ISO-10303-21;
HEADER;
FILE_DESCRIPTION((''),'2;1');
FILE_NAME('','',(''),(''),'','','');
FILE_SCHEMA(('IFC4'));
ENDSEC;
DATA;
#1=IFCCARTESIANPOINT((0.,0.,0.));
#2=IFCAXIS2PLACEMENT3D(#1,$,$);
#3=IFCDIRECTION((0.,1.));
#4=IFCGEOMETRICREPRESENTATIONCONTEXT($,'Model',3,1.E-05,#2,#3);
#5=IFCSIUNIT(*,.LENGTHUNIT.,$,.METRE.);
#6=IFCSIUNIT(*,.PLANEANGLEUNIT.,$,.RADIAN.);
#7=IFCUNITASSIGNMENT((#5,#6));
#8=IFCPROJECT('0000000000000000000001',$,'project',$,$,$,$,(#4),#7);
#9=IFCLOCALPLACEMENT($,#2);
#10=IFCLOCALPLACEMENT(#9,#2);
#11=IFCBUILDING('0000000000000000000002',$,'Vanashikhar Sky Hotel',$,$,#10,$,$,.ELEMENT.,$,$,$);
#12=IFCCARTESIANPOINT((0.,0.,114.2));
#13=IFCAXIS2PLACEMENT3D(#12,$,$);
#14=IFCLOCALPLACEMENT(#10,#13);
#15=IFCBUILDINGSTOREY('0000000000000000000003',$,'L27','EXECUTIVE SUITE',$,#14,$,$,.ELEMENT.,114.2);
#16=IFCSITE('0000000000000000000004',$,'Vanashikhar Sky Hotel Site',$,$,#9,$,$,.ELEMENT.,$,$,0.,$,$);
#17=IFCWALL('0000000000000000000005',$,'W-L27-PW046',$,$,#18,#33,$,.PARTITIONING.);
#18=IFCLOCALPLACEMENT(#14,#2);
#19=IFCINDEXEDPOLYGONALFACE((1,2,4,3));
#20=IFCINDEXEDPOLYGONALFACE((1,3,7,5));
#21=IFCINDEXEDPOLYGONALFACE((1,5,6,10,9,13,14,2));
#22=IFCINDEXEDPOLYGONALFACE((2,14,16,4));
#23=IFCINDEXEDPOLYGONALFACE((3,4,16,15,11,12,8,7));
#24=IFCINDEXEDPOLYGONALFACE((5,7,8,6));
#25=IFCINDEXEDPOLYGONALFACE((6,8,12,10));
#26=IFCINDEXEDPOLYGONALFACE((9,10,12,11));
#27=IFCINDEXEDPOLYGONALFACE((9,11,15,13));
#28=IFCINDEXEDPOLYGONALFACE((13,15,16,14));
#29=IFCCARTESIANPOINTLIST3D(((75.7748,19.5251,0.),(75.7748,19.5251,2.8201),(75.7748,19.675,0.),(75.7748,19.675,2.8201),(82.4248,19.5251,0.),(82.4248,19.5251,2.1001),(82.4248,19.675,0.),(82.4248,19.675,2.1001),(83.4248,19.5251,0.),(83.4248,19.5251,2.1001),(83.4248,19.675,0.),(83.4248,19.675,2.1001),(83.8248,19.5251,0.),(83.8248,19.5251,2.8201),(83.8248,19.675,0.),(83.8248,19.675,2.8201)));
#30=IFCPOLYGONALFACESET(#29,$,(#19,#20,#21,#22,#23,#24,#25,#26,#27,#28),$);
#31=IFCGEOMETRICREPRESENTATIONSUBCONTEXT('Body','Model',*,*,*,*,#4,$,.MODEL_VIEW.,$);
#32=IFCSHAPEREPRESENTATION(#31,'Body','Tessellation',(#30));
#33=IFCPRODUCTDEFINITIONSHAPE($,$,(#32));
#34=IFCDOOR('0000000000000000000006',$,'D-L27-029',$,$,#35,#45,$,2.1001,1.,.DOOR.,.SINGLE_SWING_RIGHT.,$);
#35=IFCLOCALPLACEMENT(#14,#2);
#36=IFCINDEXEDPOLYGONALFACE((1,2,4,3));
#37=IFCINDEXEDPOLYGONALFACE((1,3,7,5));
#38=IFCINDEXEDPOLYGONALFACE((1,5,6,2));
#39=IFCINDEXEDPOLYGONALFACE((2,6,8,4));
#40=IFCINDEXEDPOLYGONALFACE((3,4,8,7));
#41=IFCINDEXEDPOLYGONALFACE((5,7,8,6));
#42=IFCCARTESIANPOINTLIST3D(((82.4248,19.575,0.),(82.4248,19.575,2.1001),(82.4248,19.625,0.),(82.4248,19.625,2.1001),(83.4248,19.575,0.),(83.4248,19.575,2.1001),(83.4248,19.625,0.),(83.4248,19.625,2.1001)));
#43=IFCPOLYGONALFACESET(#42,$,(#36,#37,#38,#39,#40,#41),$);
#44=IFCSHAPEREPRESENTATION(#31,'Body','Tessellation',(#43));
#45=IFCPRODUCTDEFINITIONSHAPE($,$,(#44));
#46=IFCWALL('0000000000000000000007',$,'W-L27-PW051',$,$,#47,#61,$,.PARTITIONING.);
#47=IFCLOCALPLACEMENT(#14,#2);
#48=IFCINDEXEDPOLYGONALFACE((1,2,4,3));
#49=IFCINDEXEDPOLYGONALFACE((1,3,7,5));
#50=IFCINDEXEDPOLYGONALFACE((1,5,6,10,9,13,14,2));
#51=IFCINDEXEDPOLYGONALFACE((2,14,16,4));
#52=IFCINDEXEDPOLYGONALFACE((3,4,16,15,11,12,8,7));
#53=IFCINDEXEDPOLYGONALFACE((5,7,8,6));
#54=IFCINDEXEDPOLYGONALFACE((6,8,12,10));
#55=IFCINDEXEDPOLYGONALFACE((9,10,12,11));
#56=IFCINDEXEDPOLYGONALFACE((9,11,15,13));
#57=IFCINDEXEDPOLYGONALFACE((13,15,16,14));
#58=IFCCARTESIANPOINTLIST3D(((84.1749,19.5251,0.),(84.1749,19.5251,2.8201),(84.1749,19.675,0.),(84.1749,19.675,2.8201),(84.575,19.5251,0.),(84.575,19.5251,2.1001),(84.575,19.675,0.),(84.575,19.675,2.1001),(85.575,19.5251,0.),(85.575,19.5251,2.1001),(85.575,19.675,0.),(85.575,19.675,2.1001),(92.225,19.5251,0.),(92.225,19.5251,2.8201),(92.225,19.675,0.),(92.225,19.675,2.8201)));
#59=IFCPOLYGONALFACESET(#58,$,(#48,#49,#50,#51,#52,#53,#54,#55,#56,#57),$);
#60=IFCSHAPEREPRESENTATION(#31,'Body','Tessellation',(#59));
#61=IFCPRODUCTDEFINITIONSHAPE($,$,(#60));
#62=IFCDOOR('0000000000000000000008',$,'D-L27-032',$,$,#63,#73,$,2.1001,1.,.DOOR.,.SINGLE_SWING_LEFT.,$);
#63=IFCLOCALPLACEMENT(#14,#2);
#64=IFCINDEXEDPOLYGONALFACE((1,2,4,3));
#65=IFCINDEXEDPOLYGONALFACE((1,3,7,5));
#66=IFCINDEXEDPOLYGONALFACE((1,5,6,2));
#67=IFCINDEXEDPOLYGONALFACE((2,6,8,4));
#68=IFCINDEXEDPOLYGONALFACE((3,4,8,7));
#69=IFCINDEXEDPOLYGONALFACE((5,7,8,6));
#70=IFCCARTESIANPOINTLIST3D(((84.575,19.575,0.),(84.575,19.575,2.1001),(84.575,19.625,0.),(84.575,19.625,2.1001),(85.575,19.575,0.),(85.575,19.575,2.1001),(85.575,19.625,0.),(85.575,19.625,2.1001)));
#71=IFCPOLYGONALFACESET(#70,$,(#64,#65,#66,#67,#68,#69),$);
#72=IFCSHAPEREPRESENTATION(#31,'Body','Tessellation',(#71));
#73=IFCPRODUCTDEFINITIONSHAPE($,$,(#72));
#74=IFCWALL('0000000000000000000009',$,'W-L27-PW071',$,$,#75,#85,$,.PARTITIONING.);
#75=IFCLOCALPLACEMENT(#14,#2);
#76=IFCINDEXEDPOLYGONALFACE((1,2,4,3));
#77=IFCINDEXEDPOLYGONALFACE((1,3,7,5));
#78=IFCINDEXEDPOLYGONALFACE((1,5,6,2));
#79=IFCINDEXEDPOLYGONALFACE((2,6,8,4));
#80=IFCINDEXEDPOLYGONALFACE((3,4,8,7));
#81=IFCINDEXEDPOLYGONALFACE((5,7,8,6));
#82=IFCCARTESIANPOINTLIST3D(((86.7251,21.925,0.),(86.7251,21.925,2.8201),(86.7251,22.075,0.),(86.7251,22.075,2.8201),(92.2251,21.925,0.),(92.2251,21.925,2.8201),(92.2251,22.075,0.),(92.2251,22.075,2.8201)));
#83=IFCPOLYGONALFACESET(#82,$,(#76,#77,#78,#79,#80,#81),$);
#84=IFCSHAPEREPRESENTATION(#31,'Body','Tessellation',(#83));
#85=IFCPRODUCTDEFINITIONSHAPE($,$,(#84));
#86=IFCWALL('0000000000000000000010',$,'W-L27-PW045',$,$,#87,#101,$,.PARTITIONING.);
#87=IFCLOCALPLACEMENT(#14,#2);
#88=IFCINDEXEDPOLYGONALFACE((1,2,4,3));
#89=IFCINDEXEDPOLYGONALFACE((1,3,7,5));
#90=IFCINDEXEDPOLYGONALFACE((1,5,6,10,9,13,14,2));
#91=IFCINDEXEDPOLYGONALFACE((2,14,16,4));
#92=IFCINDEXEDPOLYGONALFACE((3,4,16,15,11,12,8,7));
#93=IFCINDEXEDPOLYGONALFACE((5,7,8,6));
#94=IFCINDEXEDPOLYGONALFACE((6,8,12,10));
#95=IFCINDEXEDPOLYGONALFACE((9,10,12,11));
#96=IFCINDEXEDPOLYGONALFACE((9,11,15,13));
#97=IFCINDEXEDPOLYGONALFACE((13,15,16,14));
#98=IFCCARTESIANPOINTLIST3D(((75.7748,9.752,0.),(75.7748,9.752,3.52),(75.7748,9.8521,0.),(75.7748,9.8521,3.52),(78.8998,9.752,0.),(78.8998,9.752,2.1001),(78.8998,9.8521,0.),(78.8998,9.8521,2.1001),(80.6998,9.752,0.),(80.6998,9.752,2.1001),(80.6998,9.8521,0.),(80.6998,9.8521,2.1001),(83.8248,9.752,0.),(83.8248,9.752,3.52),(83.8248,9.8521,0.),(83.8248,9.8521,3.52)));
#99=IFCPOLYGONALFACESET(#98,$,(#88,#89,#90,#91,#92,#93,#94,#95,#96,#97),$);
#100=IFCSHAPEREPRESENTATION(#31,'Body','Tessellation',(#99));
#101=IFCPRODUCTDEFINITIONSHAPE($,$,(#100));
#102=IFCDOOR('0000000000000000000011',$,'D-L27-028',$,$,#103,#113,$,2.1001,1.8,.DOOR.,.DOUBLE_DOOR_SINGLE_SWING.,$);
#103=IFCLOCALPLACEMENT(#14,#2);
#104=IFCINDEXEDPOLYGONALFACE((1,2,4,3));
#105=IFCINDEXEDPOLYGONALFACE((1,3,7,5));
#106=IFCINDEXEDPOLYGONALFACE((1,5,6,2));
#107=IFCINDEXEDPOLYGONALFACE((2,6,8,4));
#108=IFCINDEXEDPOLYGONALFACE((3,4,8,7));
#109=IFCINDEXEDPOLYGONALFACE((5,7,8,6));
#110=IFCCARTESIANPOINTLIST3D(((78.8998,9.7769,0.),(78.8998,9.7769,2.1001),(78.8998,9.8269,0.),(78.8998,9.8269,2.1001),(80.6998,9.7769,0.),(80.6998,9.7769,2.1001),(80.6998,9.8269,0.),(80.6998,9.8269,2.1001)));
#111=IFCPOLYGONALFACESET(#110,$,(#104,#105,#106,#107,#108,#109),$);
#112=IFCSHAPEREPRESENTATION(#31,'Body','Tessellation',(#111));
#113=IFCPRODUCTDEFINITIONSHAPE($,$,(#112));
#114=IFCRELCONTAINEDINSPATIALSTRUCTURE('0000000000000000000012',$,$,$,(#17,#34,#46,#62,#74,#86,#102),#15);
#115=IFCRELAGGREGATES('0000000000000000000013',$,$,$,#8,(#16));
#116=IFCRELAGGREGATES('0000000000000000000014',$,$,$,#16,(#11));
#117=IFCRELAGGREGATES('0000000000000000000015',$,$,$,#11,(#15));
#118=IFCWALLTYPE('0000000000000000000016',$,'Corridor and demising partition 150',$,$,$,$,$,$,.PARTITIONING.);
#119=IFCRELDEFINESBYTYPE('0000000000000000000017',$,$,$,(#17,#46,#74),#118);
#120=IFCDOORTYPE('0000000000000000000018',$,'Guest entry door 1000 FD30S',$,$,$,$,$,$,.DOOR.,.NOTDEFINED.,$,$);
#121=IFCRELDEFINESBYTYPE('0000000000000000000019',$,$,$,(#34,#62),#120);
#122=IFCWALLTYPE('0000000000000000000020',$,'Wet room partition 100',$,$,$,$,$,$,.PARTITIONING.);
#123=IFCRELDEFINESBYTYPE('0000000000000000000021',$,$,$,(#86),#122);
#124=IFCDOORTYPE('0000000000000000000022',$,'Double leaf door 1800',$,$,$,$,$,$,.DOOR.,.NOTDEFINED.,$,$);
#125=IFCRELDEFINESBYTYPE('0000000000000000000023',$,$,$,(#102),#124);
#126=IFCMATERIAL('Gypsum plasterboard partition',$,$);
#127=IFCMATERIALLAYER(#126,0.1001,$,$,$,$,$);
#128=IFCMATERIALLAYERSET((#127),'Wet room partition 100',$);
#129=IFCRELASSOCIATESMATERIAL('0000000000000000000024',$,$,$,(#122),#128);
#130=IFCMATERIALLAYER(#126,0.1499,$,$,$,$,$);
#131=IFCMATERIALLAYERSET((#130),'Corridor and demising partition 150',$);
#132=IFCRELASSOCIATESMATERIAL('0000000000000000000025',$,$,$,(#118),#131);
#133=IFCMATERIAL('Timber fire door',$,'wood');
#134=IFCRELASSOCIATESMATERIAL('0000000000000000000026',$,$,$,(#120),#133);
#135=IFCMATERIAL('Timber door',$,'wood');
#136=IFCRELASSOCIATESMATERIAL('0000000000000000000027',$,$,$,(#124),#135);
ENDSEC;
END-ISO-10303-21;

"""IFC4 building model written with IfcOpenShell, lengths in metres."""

from ifc_helpers import new_model, si_unit, direction, frame, frame_2d, origin, place, context, subcontext, project, spatial, rectangle, extrude, source, transform, mapped, material, layer, layer_set, type_object, element, fill, save


model = new_model("IFC4")

# Units and contexts
model_context = context("Model", 3, precision=1e-05, world=origin(), true_north=direction((0.0, 1.0)))
body_context = subcontext(model_context, "Body", "Model", "MODEL_VIEW")
ifc_project = project(units=[si_unit("LENGTHUNIT", "METRE"), si_unit("PLANEANGLEUNIT", "RADIAN")], contexts=[model_context])

# Site, building, storey
site_placement = place(None, origin())
site = spatial("IfcSite", under=ifc_project, at=site_placement, Name="Vanashikhar Sky Hotel Site", CompositionType="ELEMENT", RefElevation=0.0)
building_placement = place(site_placement, origin())
building = spatial("IfcBuilding", under=site, at=building_placement, Name="Vanashikhar Sky Hotel", CompositionType="ELEMENT")
storey_placement = place(building_placement, frame((0.0, 0.0, 114.2)))
storey = spatial("IfcBuildingStorey", under=building, at=storey_placement, Name="L27", Description="EXECUTIVE SUITE", CompositionType="ELEMENT", Elevation=114.2)

# Shared definitions
ifc_material_1 = material(Name="Gypsum plasterboard partition")
ifc_layer_1 = layer(ifc_material_1, 0.1001)
ifc_layer_set_1 = layer_set([ifc_layer_1], Name="Wet room partition 100")
wall_type_1 = type_object("IfcWallType", Name="Wet room partition 100", PredefinedType="PARTITIONING", material=ifc_layer_set_1)
ifc_material_2 = material(Name="Timber door", Category="wood")

# Walls, openings, doors
ifc_layer_2 = layer(ifc_material_1, 0.1499)
ifc_layer_set_2 = layer_set([ifc_layer_2], Name="Corridor and demising partition 150")
wall_type_2 = type_object("IfcWallType", Name="Corridor and demising partition 150", PredefinedType="PARTITIONING", material=ifc_layer_set_2)
shared_shape_1 = source(origin(), body_context, "Body", "SweptSolid", [
    extrude(rectangle(XDim=8.05, YDim=0.1499, at=frame_2d((4.0249, 0.0))), origin(), (0.0, 0.0, 1.0), 2.8201),
])
wall_1_placement = place(storey_placement, frame((75.7749, 19.6001, 0.0), z_axis=(0.0, 0.0, 1.0), x_axis=(1.0, 0.0, 0.0)))
wall_1 = element("IfcWall", 1, at=wall_1_placement, inside=storey, type_object=wall_type_2, Name="W-L27-PW046", PredefinedType="PARTITIONING", context=body_context, shape_type="MappedRepresentation", body=[
    mapped(shared_shape_1, transform((0.0, 0.0, 0.0), scale=1.0)),
])
shared_shape_2 = source(origin(), body_context, "Body", "SweptSolid", [
    extrude(rectangle(XDim=1.0, YDim=2.1001, at=frame_2d((0.5, 1.05))), frame((0.0, 0.085, 0.0), z_axis=(0.0, -1.0, 0.0), x_axis=(1.0, 0.0, 0.0)), (0.0, 0.0, 1.0), 0.1699),
])
opening_1_placement = place(wall_1_placement, frame((6.6499, 0.0, 0.0)))
opening_1 = element("IfcOpeningElement", 2, at=opening_1_placement, cuts=wall_1, PredefinedType="OPENING", context=body_context, shape_type="MappedRepresentation", body=[
    mapped(shared_shape_2, transform((0.0, 0.0, 0.0), scale=1.0)),
])
ifc_material_3 = material(Name="Timber fire door", Category="wood")
door_type_1 = type_object("IfcDoorType", Name="Guest entry door 1000 FD30S", OperationType="NOTDEFINED", PredefinedType="DOOR", material=ifc_material_3)
shared_shape_3 = source(origin(), body_context, "Body", "SweptSolid", [
    extrude(rectangle(XDim=1.0, YDim=2.1001, at=frame_2d((0.5, 1.05))), frame((0.0, 0.0249, 0.0), z_axis=(0.0, -1.0, 0.0), x_axis=(1.0, 0.0, 0.0)), (0.0, 0.0, 1.0), 0.05),
])
door_1_placement = place(opening_1_placement, origin())
door_1 = element("IfcDoor", 3, at=door_1_placement, inside=storey, type_object=door_type_1, Name="D-L27-029", OperationType="SINGLE_SWING_RIGHT", OverallHeight=2.1001, OverallWidth=1.0, PredefinedType="DOOR", context=body_context, shape_type="MappedRepresentation", body=[
    mapped(shared_shape_3, transform((0.0, 0.0, 0.0), scale=1.0)),
])
fill(opening_1, door_1)
wall_2_placement = place(storey_placement, frame((84.175, 19.6001, 0.0), z_axis=(0.0, 0.0, 1.0), x_axis=(1.0, 0.0, 0.0)))
wall_2 = element("IfcWall", 4, at=wall_2_placement, inside=storey, type_object=wall_type_2, Name="W-L27-PW051", PredefinedType="PARTITIONING", context=body_context, shape_type="MappedRepresentation", body=[
    mapped(shared_shape_1, transform((0.0, 0.0, 0.0), scale=1.0)),
])
opening_2_placement = place(wall_2_placement, frame((0.3999, 0.0, 0.0)))
opening_2 = element("IfcOpeningElement", 5, at=opening_2_placement, cuts=wall_2, PredefinedType="OPENING", context=body_context, shape_type="MappedRepresentation", body=[
    mapped(shared_shape_2, transform((0.0, 0.0, 0.0), scale=1.0)),
])
door_2_placement = place(opening_2_placement, origin())
door_2 = element("IfcDoor", 6, at=door_2_placement, inside=storey, type_object=door_type_1, Name="D-L27-032", OperationType="SINGLE_SWING_LEFT", OverallHeight=2.1001, OverallWidth=1.0, PredefinedType="DOOR", context=body_context, shape_type="MappedRepresentation", body=[
    mapped(shared_shape_3, transform((0.0, 0.0, 0.0), scale=1.0)),
])
fill(opening_2, door_2)

# Wall
shared_shape_4 = source(origin(), body_context, "Body", "SweptSolid", [
    extrude(rectangle(XDim=5.5, YDim=0.1499, at=frame_2d((2.75, 0.0))), origin(), (0.0, 0.0, 1.0), 2.8201),
])
wall_3_placement = place(storey_placement, frame((86.7251, 22.0, 0.0), z_axis=(0.0, 0.0, 1.0), x_axis=(1.0, 0.0, 0.0)))
element("IfcWall", 7, at=wall_3_placement, inside=storey, type_object=wall_type_2, Name="W-L27-PW071", PredefinedType="PARTITIONING", context=body_context, shape_type="MappedRepresentation", body=[
    mapped(shared_shape_4, transform((0.0, 0.0, 0.0), scale=1.0)),
])

# Wall, opening, door
shared_shape_5 = source(origin(), body_context, "Body", "SweptSolid", [
    extrude(rectangle(XDim=8.05, YDim=0.1001, at=frame_2d((4.0249, 0.0))), origin(), (0.0, 0.0, 1.0), 3.52),
])
wall_4_placement = place(storey_placement, frame((75.7749, 9.802, 0.0), z_axis=(0.0, 0.0, 1.0), x_axis=(1.0, 0.0, 0.0)))
wall_4 = element("IfcWall", 8, at=wall_4_placement, inside=storey, type_object=wall_type_1, Name="W-L27-PW045", PredefinedType="PARTITIONING", context=body_context, shape_type="MappedRepresentation", body=[
    mapped(shared_shape_5, transform((0.0, 0.0, 0.0), scale=1.0)),
])
shared_shape_6 = source(origin(), body_context, "Body", "SweptSolid", [
    extrude(rectangle(XDim=1.8, YDim=2.1001, at=frame_2d((0.8999, 1.05))), frame((0.0, 0.0601, 0.0), z_axis=(0.0, -1.0, 0.0), x_axis=(1.0, 0.0, 0.0)), (0.0, 0.0, 1.0), 0.1201),
])
opening_3_placement = place(wall_4_placement, frame((3.125, 0.0, 0.0)))
opening_3 = element("IfcOpeningElement", 9, at=opening_3_placement, cuts=wall_4, PredefinedType="OPENING", context=body_context, shape_type="MappedRepresentation", body=[
    mapped(shared_shape_6, transform((0.0, 0.0, 0.0), scale=1.0)),
])
door_type_2 = type_object("IfcDoorType", Name="Double leaf door 1800", OperationType="NOTDEFINED", PredefinedType="DOOR", material=ifc_material_2)
shared_shape_7 = source(origin(), body_context, "Body", "SweptSolid", [
    extrude(rectangle(XDim=1.8, YDim=2.1001, at=frame_2d((0.8999, 1.05))), frame((0.0, 0.0249, 0.0), z_axis=(0.0, -1.0, 0.0), x_axis=(1.0, 0.0, 0.0)), (0.0, 0.0, 1.0), 0.05),
])
door_3_placement = place(opening_3_placement, origin())
door_3 = element("IfcDoor", 10, at=door_3_placement, inside=storey, type_object=door_type_2, Name="D-L27-028", OperationType="DOUBLE_DOOR_SINGLE_SWING", OverallHeight=2.1001, OverallWidth=1.8, PredefinedType="DOOR", context=body_context, shape_type="MappedRepresentation", body=[
    mapped(shared_shape_7, transform((0.0, 0.0, 0.0), scale=1.0)),
])
fill(opening_3, door_3)

save(model, "model.ifc")
